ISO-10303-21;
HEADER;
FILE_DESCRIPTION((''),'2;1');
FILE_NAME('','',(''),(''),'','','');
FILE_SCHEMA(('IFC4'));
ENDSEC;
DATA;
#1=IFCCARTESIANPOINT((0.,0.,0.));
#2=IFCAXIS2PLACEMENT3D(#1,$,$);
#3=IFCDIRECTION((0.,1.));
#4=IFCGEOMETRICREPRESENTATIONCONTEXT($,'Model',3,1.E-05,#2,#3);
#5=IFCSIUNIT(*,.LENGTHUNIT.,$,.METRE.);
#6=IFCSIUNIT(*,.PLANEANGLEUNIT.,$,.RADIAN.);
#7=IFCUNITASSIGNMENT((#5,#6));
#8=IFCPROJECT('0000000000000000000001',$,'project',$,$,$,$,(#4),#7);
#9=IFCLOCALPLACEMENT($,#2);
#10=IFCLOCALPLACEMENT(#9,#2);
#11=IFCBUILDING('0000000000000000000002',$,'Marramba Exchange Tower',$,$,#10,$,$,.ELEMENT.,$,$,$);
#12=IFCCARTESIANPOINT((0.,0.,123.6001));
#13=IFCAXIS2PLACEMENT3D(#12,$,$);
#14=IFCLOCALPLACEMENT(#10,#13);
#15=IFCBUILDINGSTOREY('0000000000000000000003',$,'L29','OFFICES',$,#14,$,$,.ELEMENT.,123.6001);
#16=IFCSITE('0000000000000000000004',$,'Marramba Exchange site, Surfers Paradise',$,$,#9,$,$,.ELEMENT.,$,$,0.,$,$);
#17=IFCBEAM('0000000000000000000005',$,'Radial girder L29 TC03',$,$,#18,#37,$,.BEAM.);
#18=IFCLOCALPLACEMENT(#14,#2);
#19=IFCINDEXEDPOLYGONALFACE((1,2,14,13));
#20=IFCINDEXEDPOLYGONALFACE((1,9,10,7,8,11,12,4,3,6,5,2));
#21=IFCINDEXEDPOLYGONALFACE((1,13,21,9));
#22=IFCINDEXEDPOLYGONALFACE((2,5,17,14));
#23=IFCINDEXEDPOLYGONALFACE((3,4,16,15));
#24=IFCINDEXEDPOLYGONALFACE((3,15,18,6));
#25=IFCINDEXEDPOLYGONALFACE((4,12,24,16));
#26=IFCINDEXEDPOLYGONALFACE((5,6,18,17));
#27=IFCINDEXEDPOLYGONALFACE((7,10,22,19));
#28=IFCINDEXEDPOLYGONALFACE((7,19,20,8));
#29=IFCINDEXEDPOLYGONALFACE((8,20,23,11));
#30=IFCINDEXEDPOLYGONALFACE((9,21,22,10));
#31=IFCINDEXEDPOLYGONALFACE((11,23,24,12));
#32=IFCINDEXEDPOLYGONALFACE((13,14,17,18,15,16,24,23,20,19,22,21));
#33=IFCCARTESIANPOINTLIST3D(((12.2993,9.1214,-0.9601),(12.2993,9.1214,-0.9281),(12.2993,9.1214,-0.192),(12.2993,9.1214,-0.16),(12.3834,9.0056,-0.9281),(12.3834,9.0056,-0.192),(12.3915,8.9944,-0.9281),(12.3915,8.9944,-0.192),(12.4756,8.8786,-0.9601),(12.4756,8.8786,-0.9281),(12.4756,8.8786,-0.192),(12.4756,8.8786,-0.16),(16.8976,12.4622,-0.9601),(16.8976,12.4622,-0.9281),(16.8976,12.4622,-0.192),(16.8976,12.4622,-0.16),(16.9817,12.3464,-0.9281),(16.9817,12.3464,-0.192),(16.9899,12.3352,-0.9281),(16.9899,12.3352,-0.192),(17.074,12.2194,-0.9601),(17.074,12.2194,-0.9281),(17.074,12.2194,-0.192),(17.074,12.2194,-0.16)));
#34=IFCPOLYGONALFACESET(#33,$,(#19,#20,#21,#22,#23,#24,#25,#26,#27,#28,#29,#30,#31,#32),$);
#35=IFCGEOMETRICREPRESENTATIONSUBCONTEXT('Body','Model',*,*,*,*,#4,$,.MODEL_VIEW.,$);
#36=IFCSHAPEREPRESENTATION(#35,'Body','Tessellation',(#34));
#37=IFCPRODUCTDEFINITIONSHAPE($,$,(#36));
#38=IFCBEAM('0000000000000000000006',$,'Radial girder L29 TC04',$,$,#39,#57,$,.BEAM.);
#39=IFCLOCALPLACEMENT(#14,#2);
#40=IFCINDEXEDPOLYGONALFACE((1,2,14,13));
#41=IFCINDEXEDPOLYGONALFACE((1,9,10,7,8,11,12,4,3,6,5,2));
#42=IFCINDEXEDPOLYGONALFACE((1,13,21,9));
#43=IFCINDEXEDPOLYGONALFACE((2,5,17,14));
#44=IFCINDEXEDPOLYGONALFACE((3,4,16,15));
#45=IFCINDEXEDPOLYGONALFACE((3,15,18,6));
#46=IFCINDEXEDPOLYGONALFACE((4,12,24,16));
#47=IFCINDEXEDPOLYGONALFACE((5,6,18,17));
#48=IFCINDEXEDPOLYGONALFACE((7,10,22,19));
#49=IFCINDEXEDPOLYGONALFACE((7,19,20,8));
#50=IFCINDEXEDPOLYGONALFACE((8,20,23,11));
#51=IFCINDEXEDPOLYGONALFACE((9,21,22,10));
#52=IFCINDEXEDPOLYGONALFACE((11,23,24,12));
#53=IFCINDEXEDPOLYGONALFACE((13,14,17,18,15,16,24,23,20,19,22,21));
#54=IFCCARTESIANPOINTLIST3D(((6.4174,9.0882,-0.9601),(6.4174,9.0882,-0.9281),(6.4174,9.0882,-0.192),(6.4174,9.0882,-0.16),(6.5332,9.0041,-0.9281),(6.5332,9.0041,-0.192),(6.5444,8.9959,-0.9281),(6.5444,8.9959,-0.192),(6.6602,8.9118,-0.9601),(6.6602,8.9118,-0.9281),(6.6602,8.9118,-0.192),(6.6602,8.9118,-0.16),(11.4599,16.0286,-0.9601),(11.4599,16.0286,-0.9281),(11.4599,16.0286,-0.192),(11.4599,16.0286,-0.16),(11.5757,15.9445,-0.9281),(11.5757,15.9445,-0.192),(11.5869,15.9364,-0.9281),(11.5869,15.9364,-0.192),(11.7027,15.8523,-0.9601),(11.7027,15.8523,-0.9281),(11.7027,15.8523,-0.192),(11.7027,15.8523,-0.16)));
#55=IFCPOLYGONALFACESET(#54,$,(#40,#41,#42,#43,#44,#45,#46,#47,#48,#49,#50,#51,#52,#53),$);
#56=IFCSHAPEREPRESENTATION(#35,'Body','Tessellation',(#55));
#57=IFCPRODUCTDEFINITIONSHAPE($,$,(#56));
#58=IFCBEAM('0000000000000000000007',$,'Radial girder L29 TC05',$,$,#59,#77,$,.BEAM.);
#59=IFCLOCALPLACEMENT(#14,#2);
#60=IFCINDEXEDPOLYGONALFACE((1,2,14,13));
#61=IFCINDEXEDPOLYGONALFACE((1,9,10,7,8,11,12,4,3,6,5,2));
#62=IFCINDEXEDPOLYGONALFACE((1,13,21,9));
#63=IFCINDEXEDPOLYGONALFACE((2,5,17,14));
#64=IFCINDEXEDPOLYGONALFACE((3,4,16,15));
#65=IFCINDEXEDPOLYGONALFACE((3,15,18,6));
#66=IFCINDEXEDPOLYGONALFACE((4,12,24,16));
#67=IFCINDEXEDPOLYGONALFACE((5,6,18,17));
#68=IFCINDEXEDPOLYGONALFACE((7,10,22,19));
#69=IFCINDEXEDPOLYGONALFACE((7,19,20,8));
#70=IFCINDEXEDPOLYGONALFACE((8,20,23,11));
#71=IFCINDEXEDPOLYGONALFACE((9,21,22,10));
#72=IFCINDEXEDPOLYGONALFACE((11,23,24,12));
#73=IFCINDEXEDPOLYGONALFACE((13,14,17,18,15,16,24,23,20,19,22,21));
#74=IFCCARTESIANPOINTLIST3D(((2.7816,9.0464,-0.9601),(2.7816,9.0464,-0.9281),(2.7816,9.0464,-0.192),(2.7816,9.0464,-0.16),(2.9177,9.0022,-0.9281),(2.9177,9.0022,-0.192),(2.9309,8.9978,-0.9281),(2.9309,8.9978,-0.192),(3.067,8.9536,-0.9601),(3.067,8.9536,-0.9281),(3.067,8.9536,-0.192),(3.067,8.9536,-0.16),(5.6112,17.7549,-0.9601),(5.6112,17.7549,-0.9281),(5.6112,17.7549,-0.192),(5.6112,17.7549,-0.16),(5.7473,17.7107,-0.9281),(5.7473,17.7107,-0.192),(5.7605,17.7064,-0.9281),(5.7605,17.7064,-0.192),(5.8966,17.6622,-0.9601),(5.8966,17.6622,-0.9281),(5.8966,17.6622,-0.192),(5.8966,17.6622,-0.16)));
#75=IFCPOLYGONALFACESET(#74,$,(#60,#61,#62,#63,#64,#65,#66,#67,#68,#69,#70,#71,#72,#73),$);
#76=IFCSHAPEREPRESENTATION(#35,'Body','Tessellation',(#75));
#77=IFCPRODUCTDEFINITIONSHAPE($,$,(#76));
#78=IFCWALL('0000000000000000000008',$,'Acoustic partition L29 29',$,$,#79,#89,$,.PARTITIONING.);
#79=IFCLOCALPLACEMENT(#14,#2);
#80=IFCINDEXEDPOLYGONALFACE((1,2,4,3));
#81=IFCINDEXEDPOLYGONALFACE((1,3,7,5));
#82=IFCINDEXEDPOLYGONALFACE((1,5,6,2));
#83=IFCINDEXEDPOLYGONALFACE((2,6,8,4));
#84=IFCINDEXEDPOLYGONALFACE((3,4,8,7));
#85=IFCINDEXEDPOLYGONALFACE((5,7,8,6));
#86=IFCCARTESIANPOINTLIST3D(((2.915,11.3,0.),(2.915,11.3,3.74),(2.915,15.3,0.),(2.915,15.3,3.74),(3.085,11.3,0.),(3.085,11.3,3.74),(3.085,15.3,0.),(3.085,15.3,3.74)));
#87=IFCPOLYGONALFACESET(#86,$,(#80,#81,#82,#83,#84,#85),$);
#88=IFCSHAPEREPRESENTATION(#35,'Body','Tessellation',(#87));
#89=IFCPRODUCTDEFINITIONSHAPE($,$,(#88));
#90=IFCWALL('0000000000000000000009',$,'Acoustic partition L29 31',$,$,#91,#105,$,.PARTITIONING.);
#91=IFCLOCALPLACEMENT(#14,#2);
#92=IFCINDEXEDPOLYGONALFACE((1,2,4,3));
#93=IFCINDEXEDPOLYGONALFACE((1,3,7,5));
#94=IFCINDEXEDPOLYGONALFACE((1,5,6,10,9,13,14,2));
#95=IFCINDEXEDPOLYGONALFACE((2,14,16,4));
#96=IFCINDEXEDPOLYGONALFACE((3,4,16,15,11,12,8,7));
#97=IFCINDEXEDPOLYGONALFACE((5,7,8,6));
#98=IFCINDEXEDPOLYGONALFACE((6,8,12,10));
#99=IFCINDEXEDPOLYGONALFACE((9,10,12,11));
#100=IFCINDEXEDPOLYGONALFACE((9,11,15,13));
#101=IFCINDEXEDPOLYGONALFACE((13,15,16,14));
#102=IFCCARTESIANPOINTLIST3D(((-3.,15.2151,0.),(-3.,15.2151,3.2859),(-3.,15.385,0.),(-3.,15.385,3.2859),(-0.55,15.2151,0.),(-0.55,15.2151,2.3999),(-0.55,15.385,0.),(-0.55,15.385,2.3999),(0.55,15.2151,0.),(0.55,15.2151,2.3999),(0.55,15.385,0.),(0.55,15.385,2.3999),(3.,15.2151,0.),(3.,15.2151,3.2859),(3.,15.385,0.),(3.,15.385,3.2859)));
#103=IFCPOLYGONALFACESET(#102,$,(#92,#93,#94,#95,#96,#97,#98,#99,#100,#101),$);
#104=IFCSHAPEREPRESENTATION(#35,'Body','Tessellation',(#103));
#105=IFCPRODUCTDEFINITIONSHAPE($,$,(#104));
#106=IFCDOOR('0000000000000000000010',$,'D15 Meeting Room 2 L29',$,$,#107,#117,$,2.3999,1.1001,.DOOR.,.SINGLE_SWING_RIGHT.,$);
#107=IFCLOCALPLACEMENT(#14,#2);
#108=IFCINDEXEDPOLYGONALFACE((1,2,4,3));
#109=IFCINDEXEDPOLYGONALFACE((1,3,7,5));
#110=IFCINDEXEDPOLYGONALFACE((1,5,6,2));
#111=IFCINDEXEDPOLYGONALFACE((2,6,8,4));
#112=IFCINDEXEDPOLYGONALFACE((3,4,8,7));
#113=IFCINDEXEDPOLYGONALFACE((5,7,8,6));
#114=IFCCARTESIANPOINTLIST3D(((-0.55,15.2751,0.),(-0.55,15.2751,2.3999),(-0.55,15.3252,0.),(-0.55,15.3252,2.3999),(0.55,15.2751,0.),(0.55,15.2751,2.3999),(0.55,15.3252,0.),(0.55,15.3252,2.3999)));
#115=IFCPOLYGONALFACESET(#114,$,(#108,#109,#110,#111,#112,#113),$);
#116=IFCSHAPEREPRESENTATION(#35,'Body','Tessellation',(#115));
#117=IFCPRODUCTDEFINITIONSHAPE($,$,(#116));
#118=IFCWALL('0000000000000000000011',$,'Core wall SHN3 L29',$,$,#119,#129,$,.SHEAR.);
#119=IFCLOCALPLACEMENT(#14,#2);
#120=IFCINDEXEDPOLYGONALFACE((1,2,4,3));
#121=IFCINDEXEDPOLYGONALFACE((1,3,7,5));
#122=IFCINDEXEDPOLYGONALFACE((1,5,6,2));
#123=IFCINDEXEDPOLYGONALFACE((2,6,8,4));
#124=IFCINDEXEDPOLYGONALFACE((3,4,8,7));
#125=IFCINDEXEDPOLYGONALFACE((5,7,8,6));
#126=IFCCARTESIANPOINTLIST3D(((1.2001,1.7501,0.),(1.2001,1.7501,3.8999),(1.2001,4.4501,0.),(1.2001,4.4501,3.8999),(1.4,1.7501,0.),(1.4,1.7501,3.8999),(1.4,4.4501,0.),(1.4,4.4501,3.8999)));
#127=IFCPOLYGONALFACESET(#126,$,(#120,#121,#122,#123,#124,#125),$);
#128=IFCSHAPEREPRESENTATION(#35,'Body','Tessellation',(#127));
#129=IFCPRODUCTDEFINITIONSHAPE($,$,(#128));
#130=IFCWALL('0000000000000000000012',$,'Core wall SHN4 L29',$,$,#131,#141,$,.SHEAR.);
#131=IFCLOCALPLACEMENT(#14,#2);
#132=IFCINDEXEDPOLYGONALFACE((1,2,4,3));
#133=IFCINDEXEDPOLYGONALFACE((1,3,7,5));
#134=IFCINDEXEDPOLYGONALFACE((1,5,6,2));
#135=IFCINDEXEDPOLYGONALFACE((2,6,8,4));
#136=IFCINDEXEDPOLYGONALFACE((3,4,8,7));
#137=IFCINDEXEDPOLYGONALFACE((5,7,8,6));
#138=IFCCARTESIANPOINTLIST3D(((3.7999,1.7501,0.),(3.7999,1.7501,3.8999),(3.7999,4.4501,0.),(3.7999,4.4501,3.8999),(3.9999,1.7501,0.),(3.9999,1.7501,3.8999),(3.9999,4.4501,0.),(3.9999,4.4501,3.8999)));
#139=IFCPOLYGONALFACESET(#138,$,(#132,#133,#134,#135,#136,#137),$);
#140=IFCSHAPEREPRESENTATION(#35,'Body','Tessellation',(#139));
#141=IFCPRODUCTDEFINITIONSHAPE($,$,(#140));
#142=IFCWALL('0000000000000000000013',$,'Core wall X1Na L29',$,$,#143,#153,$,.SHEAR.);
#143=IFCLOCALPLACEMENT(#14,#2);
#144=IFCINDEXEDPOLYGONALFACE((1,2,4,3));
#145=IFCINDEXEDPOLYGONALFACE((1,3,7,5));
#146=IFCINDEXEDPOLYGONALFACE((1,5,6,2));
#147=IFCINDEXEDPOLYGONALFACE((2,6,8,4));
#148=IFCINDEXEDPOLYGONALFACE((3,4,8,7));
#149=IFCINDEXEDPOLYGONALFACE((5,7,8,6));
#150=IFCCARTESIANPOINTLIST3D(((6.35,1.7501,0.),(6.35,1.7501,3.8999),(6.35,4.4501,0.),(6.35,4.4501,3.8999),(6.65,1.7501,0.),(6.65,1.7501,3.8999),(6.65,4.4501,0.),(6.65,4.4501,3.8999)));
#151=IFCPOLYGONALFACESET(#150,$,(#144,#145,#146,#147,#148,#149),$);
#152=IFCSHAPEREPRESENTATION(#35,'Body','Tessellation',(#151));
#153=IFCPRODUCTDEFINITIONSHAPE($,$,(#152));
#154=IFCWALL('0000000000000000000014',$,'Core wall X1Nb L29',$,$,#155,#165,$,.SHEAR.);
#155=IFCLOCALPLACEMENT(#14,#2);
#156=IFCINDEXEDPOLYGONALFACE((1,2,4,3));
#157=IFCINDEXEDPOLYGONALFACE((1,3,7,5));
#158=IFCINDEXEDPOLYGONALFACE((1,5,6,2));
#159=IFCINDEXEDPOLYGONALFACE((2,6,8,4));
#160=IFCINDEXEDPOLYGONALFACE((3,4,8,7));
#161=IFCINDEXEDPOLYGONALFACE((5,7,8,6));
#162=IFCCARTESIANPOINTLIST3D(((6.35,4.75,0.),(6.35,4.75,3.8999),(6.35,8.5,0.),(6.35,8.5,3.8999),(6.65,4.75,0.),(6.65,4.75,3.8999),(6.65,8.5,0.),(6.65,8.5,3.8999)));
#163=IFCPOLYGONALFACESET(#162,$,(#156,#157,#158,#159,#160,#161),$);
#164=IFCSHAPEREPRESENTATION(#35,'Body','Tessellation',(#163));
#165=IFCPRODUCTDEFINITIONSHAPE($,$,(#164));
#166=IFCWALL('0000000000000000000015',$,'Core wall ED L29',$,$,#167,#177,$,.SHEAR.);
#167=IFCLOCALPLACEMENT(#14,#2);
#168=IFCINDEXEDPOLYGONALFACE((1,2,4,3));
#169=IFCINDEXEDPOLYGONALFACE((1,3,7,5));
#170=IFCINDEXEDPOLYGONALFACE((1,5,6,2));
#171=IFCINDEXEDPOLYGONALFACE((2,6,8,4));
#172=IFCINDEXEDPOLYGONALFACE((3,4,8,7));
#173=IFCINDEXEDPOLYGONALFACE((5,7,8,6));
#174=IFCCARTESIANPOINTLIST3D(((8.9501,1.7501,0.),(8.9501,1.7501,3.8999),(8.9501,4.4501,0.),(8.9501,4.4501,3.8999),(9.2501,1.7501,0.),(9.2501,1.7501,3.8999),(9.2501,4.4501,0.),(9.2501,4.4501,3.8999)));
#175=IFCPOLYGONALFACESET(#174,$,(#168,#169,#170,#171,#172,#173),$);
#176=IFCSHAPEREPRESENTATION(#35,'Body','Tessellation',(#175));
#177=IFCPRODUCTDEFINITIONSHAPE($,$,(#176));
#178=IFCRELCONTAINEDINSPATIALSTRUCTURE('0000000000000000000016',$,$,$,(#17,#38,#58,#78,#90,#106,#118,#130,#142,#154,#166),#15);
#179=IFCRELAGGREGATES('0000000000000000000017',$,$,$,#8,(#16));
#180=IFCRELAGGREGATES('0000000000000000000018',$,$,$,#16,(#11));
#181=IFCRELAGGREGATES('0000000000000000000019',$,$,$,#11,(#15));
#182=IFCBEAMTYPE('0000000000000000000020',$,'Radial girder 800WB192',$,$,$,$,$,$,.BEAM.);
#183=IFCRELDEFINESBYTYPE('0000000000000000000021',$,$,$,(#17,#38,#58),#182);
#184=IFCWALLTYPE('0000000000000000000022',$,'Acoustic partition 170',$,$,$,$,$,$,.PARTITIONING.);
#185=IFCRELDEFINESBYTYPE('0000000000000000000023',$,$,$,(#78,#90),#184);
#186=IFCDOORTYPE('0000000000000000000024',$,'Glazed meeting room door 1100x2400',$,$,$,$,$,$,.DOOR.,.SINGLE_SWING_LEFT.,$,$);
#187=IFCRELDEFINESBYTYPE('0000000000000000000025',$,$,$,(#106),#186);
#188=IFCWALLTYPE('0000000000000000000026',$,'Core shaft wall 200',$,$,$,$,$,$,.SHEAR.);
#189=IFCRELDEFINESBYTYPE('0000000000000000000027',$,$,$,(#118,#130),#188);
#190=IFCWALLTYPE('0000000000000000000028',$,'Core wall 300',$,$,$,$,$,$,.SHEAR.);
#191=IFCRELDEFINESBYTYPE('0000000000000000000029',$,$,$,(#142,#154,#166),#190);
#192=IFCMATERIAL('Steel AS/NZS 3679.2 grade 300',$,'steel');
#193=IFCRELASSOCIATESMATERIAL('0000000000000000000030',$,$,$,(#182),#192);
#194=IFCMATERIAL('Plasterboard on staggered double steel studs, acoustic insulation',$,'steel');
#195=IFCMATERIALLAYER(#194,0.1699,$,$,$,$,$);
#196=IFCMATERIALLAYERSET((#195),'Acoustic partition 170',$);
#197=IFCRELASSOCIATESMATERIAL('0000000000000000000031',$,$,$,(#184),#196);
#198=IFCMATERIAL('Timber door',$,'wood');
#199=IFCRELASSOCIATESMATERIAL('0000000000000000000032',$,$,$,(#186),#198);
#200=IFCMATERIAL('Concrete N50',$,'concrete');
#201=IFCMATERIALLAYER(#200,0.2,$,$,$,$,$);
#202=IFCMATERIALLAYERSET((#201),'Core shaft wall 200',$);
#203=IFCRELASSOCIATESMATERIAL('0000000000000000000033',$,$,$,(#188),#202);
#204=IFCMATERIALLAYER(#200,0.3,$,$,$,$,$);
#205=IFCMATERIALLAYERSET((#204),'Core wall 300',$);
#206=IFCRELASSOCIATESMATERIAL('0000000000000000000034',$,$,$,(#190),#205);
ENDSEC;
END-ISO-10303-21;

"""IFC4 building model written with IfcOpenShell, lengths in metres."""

from ifc_helpers import new_model, si_unit, direction, frame, frame_2d, origin, origin_2d, place, context, subcontext, project, spatial, rectangle, i_section, extrude, material, layer, layer_set, material_profile, profile_set, type_object, element, fill, save


model = new_model("IFC4")

# Units and contexts
model_context = context("Model", 3, precision=1e-05, world=origin(), true_north=direction((0.0, 1.0)))
body_context = subcontext(model_context, "Body", "Model", "MODEL_VIEW")
ifc_project = project(units=[si_unit("LENGTHUNIT", "METRE"), si_unit("PLANEANGLEUNIT", "RADIAN")], contexts=[model_context])

# Site, building, storey
site_placement = place(None, origin())
site = spatial("IfcSite", under=ifc_project, at=site_placement, Name="Marramba Exchange site, Surfers Paradise", CompositionType="ELEMENT", RefElevation=0.0)
building_placement = place(site_placement, origin())
building = spatial("IfcBuilding", under=site, at=building_placement, Name="Marramba Exchange Tower", CompositionType="ELEMENT")
storey_placement = place(building_placement, frame((0.0, 0.0, 123.6001)))
storey = spatial("IfcBuildingStorey", under=building, at=storey_placement, Name="L29", Description="OFFICES", CompositionType="ELEMENT", Elevation=123.6001)

# Beams
ifc_material_1 = material(Name="Steel AS/NZS 3679.2 grade 300", Category="steel")
ifc_material_profile_1 = material_profile(ifc_material_1, i_section(OverallWidth=0.3, OverallDepth=0.8, WebThickness=0.0139, FlangeThickness=0.032, at=origin_2d()), Name="800WB192")
ifc_profile_set_1 = profile_set([ifc_material_profile_1], Name="Steel AS/NZS 3679.2 grade 300")
beam_type_1 = type_object("IfcBeamType", Name="Radial girder 800WB192", PredefinedType="BEAM", material=ifc_profile_set_1)
beam_1_placement = place(storey_placement, frame((12.3875, 9.0, -0.5601), z_axis=(0.809026, 0.587773, 0.0), x_axis=(-0.587773, 0.809026, 0.0)))
element("IfcBeam", 1, at=beam_1_placement, inside=storey, type_object=beam_type_1, Name="Radial girder L29 TC03", PredefinedType="BEAM", context=body_context, shape_type="SweptSolid", body=[
    extrude(i_section(OverallWidth=0.3, OverallDepth=0.8, WebThickness=0.0139, FlangeThickness=0.032, at=origin_2d()), origin(), (0.0, 0.0, 1.0), 5.6838),
])
beam_2_placement = place(storey_placement, frame((6.5388, 9.0, -0.5601), z_axis=(0.587782, 0.809019, 0.0), x_axis=(-0.809019, 0.587782, 0.0)))
element("IfcBeam", 2, at=beam_2_placement, inside=storey, type_object=beam_type_1, Name="Radial girder L29 TC04", PredefinedType="BEAM", context=body_context, shape_type="SweptSolid", body=[
    extrude(i_section(OverallWidth=0.3, OverallDepth=0.8, WebThickness=0.0139, FlangeThickness=0.032, at=origin_2d()), origin(), (0.0, 0.0, 1.0), 8.5789),
])
beam_3_placement = place(storey_placement, frame((2.9243, 9.0, -0.5601), z_axis=(0.30902, 0.951056, 0.0), x_axis=(-0.951056, 0.30902, 0.0)))
element("IfcBeam", 3, at=beam_3_placement, inside=storey, type_object=beam_type_1, Name="Radial girder L29 TC05", PredefinedType="BEAM", context=body_context, shape_type="SweptSolid", body=[
    extrude(i_section(OverallWidth=0.3, OverallDepth=0.8, WebThickness=0.0139, FlangeThickness=0.032, at=origin_2d()), origin(), (0.0, 0.0, 1.0), 9.1567),
])

# Wall
ifc_material_2 = material(Name="Plasterboard on staggered double steel studs, acoustic insulation", Category="steel")
ifc_layer_1 = layer(ifc_material_2, 0.1699)
ifc_layer_set_1 = layer_set([ifc_layer_1], Name="Acoustic partition 170")
wall_type_1 = type_object("IfcWallType", Name="Acoustic partition 170", PredefinedType="PARTITIONING", material=ifc_layer_set_1)
wall_1_placement = place(storey_placement, frame((3.0, 15.3, 0.0), z_axis=(0.0, 0.0, 1.0), x_axis=(0.0, -1.0, 0.0)))
element("IfcWall", 4, at=wall_1_placement, inside=storey, type_object=wall_type_1, Name="Acoustic partition L29 29", PredefinedType="PARTITIONING", context=body_context, shape_type="SweptSolid", body=[
    extrude(rectangle(XDim=4.0, YDim=0.1699, at=frame_2d((2.0, 0.0))), origin(), (0.0, 0.0, 1.0), 3.74),
])

# Wall, opening, door
wall_2_placement = place(storey_placement, frame((3.0, 15.3, 0.0), z_axis=(0.0, 0.0, 1.0), x_axis=(-1.0, 0.0, 0.0)))
wall_2 = element("IfcWall", 5, at=wall_2_placement, inside=storey, type_object=wall_type_1, Name="Acoustic partition L29 31", PredefinedType="PARTITIONING", context=body_context, shape_type="SweptSolid", body=[
    extrude(rectangle(XDim=6.0, YDim=0.1699, at=frame_2d((3.0, 0.0))), origin(), (0.0, 0.0, 1.0), 3.2859),
])
opening_1_placement = place(wall_2_placement, frame((2.45, 0.0, 0.0)))
opening_1 = element("IfcOpeningElement", 6, at=opening_1_placement, cuts=wall_2, PredefinedType="OPENING", context=body_context, shape_type="SweptSolid", body=[
    extrude(rectangle(XDim=1.1001, YDim=2.3999, at=frame_2d((0.55, 1.2))), frame((0.0, 0.095, 0.0), z_axis=(0.0, -1.0, 0.0), x_axis=(1.0, 0.0, 0.0)), (0.0, 0.0, 1.0), 0.1899),
])
ifc_material_3 = material(Name="Timber door", Category="wood")
door_type_1 = type_object("IfcDoorType", Name="Glazed meeting room door 1100x2400", OperationType="SINGLE_SWING_LEFT", PredefinedType="DOOR", material=ifc_material_3)
door_1_placement = place(opening_1_placement, origin())
door_1 = element("IfcDoor", 7, at=door_1_placement, inside=storey, type_object=door_type_1, Name="D15 Meeting Room 2 L29", OperationType="SINGLE_SWING_RIGHT", OverallHeight=2.3999, OverallWidth=1.1001, PredefinedType="DOOR", context=body_context, shape_type="SweptSolid", body=[
    extrude(rectangle(XDim=1.1001, YDim=2.3999, at=frame_2d((0.55, 1.2))), frame((0.0, 0.0249, 0.0), z_axis=(0.0, -1.0, 0.0), x_axis=(1.0, 0.0, 0.0)), (0.0, 0.0, 1.0), 0.05),
])
fill(opening_1, door_1)

# Walls
ifc_material_4 = material(Name="Concrete N50", Category="concrete")
ifc_layer_2 = layer(ifc_material_4, 0.2)
ifc_layer_set_2 = layer_set([ifc_layer_2], Name="Core shaft wall 200")
wall_type_2 = type_object("IfcWallType", Name="Core shaft wall 200", PredefinedType="SHEAR", material=ifc_layer_set_2)
for number, where, z_axis, x_axis, name in (
    (8, (1.3, 1.75, 0.0), (0.0, 0.0, 1.0), (0.0, 1.0, 0.0), "Core wall SHN3 L29"),
    (9, (3.8999, 1.75, 0.0), (0.0, 0.0, 1.0), (0.0, 1.0, 0.0), "Core wall SHN4 L29"),
):
    element("IfcWall", number, at=place(storey_placement, frame(where, z_axis=z_axis, x_axis=x_axis)), inside=storey, type_object=wall_type_2, Name=name, PredefinedType="SHEAR", context=body_context, shape_type="SweptSolid", body=[
        extrude(rectangle(XDim=2.7, YDim=0.2, at=frame_2d((1.3501, 0.0))), origin(), (0.0, 0.0, 1.0), 3.8999),
    ])

# Walls
ifc_layer_3 = layer(ifc_material_4, 0.3)
ifc_layer_set_3 = layer_set([ifc_layer_3], Name="Core wall 300")
wall_type_3 = type_object("IfcWallType", Name="Core wall 300", PredefinedType="SHEAR", material=ifc_layer_set_3)
wall_3_placement = place(storey_placement, frame((6.5, 1.75, 0.0), z_axis=(0.0, 0.0, 1.0), x_axis=(0.0, 1.0, 0.0)))
element("IfcWall", 10, at=wall_3_placement, inside=storey, type_object=wall_type_3, Name="Core wall X1Na L29", PredefinedType="SHEAR", context=body_context, shape_type="SweptSolid", body=[
    extrude(rectangle(XDim=2.7, YDim=0.3, at=frame_2d((1.3501, 0.0))), origin(), (0.0, 0.0, 1.0), 3.8999),
])
wall_4_placement = place(storey_placement, frame((6.5, 4.75, 0.0), z_axis=(0.0, 0.0, 1.0), x_axis=(0.0, 1.0, 0.0)))
element("IfcWall", 11, at=wall_4_placement, inside=storey, type_object=wall_type_3, Name="Core wall X1Nb L29", PredefinedType="SHEAR", context=body_context, shape_type="SweptSolid", body=[
    extrude(rectangle(XDim=3.75, YDim=0.3, at=frame_2d((1.875, 0.0))), origin(), (0.0, 0.0, 1.0), 3.8999),
])
wall_5_placement = place(storey_placement, frame((9.1001, 1.75, 0.0), z_axis=(0.0, 0.0, 1.0), x_axis=(0.0, 1.0, 0.0)))
element("IfcWall", 12, at=wall_5_placement, inside=storey, type_object=wall_type_3, Name="Core wall ED L29", PredefinedType="SHEAR", context=body_context, shape_type="SweptSolid", body=[
    extrude(rectangle(XDim=2.7, YDim=0.3, at=frame_2d((1.3501, 0.0))), origin(), (0.0, 0.0, 1.0), 3.8999),
])

save(model, "model.ifc")
